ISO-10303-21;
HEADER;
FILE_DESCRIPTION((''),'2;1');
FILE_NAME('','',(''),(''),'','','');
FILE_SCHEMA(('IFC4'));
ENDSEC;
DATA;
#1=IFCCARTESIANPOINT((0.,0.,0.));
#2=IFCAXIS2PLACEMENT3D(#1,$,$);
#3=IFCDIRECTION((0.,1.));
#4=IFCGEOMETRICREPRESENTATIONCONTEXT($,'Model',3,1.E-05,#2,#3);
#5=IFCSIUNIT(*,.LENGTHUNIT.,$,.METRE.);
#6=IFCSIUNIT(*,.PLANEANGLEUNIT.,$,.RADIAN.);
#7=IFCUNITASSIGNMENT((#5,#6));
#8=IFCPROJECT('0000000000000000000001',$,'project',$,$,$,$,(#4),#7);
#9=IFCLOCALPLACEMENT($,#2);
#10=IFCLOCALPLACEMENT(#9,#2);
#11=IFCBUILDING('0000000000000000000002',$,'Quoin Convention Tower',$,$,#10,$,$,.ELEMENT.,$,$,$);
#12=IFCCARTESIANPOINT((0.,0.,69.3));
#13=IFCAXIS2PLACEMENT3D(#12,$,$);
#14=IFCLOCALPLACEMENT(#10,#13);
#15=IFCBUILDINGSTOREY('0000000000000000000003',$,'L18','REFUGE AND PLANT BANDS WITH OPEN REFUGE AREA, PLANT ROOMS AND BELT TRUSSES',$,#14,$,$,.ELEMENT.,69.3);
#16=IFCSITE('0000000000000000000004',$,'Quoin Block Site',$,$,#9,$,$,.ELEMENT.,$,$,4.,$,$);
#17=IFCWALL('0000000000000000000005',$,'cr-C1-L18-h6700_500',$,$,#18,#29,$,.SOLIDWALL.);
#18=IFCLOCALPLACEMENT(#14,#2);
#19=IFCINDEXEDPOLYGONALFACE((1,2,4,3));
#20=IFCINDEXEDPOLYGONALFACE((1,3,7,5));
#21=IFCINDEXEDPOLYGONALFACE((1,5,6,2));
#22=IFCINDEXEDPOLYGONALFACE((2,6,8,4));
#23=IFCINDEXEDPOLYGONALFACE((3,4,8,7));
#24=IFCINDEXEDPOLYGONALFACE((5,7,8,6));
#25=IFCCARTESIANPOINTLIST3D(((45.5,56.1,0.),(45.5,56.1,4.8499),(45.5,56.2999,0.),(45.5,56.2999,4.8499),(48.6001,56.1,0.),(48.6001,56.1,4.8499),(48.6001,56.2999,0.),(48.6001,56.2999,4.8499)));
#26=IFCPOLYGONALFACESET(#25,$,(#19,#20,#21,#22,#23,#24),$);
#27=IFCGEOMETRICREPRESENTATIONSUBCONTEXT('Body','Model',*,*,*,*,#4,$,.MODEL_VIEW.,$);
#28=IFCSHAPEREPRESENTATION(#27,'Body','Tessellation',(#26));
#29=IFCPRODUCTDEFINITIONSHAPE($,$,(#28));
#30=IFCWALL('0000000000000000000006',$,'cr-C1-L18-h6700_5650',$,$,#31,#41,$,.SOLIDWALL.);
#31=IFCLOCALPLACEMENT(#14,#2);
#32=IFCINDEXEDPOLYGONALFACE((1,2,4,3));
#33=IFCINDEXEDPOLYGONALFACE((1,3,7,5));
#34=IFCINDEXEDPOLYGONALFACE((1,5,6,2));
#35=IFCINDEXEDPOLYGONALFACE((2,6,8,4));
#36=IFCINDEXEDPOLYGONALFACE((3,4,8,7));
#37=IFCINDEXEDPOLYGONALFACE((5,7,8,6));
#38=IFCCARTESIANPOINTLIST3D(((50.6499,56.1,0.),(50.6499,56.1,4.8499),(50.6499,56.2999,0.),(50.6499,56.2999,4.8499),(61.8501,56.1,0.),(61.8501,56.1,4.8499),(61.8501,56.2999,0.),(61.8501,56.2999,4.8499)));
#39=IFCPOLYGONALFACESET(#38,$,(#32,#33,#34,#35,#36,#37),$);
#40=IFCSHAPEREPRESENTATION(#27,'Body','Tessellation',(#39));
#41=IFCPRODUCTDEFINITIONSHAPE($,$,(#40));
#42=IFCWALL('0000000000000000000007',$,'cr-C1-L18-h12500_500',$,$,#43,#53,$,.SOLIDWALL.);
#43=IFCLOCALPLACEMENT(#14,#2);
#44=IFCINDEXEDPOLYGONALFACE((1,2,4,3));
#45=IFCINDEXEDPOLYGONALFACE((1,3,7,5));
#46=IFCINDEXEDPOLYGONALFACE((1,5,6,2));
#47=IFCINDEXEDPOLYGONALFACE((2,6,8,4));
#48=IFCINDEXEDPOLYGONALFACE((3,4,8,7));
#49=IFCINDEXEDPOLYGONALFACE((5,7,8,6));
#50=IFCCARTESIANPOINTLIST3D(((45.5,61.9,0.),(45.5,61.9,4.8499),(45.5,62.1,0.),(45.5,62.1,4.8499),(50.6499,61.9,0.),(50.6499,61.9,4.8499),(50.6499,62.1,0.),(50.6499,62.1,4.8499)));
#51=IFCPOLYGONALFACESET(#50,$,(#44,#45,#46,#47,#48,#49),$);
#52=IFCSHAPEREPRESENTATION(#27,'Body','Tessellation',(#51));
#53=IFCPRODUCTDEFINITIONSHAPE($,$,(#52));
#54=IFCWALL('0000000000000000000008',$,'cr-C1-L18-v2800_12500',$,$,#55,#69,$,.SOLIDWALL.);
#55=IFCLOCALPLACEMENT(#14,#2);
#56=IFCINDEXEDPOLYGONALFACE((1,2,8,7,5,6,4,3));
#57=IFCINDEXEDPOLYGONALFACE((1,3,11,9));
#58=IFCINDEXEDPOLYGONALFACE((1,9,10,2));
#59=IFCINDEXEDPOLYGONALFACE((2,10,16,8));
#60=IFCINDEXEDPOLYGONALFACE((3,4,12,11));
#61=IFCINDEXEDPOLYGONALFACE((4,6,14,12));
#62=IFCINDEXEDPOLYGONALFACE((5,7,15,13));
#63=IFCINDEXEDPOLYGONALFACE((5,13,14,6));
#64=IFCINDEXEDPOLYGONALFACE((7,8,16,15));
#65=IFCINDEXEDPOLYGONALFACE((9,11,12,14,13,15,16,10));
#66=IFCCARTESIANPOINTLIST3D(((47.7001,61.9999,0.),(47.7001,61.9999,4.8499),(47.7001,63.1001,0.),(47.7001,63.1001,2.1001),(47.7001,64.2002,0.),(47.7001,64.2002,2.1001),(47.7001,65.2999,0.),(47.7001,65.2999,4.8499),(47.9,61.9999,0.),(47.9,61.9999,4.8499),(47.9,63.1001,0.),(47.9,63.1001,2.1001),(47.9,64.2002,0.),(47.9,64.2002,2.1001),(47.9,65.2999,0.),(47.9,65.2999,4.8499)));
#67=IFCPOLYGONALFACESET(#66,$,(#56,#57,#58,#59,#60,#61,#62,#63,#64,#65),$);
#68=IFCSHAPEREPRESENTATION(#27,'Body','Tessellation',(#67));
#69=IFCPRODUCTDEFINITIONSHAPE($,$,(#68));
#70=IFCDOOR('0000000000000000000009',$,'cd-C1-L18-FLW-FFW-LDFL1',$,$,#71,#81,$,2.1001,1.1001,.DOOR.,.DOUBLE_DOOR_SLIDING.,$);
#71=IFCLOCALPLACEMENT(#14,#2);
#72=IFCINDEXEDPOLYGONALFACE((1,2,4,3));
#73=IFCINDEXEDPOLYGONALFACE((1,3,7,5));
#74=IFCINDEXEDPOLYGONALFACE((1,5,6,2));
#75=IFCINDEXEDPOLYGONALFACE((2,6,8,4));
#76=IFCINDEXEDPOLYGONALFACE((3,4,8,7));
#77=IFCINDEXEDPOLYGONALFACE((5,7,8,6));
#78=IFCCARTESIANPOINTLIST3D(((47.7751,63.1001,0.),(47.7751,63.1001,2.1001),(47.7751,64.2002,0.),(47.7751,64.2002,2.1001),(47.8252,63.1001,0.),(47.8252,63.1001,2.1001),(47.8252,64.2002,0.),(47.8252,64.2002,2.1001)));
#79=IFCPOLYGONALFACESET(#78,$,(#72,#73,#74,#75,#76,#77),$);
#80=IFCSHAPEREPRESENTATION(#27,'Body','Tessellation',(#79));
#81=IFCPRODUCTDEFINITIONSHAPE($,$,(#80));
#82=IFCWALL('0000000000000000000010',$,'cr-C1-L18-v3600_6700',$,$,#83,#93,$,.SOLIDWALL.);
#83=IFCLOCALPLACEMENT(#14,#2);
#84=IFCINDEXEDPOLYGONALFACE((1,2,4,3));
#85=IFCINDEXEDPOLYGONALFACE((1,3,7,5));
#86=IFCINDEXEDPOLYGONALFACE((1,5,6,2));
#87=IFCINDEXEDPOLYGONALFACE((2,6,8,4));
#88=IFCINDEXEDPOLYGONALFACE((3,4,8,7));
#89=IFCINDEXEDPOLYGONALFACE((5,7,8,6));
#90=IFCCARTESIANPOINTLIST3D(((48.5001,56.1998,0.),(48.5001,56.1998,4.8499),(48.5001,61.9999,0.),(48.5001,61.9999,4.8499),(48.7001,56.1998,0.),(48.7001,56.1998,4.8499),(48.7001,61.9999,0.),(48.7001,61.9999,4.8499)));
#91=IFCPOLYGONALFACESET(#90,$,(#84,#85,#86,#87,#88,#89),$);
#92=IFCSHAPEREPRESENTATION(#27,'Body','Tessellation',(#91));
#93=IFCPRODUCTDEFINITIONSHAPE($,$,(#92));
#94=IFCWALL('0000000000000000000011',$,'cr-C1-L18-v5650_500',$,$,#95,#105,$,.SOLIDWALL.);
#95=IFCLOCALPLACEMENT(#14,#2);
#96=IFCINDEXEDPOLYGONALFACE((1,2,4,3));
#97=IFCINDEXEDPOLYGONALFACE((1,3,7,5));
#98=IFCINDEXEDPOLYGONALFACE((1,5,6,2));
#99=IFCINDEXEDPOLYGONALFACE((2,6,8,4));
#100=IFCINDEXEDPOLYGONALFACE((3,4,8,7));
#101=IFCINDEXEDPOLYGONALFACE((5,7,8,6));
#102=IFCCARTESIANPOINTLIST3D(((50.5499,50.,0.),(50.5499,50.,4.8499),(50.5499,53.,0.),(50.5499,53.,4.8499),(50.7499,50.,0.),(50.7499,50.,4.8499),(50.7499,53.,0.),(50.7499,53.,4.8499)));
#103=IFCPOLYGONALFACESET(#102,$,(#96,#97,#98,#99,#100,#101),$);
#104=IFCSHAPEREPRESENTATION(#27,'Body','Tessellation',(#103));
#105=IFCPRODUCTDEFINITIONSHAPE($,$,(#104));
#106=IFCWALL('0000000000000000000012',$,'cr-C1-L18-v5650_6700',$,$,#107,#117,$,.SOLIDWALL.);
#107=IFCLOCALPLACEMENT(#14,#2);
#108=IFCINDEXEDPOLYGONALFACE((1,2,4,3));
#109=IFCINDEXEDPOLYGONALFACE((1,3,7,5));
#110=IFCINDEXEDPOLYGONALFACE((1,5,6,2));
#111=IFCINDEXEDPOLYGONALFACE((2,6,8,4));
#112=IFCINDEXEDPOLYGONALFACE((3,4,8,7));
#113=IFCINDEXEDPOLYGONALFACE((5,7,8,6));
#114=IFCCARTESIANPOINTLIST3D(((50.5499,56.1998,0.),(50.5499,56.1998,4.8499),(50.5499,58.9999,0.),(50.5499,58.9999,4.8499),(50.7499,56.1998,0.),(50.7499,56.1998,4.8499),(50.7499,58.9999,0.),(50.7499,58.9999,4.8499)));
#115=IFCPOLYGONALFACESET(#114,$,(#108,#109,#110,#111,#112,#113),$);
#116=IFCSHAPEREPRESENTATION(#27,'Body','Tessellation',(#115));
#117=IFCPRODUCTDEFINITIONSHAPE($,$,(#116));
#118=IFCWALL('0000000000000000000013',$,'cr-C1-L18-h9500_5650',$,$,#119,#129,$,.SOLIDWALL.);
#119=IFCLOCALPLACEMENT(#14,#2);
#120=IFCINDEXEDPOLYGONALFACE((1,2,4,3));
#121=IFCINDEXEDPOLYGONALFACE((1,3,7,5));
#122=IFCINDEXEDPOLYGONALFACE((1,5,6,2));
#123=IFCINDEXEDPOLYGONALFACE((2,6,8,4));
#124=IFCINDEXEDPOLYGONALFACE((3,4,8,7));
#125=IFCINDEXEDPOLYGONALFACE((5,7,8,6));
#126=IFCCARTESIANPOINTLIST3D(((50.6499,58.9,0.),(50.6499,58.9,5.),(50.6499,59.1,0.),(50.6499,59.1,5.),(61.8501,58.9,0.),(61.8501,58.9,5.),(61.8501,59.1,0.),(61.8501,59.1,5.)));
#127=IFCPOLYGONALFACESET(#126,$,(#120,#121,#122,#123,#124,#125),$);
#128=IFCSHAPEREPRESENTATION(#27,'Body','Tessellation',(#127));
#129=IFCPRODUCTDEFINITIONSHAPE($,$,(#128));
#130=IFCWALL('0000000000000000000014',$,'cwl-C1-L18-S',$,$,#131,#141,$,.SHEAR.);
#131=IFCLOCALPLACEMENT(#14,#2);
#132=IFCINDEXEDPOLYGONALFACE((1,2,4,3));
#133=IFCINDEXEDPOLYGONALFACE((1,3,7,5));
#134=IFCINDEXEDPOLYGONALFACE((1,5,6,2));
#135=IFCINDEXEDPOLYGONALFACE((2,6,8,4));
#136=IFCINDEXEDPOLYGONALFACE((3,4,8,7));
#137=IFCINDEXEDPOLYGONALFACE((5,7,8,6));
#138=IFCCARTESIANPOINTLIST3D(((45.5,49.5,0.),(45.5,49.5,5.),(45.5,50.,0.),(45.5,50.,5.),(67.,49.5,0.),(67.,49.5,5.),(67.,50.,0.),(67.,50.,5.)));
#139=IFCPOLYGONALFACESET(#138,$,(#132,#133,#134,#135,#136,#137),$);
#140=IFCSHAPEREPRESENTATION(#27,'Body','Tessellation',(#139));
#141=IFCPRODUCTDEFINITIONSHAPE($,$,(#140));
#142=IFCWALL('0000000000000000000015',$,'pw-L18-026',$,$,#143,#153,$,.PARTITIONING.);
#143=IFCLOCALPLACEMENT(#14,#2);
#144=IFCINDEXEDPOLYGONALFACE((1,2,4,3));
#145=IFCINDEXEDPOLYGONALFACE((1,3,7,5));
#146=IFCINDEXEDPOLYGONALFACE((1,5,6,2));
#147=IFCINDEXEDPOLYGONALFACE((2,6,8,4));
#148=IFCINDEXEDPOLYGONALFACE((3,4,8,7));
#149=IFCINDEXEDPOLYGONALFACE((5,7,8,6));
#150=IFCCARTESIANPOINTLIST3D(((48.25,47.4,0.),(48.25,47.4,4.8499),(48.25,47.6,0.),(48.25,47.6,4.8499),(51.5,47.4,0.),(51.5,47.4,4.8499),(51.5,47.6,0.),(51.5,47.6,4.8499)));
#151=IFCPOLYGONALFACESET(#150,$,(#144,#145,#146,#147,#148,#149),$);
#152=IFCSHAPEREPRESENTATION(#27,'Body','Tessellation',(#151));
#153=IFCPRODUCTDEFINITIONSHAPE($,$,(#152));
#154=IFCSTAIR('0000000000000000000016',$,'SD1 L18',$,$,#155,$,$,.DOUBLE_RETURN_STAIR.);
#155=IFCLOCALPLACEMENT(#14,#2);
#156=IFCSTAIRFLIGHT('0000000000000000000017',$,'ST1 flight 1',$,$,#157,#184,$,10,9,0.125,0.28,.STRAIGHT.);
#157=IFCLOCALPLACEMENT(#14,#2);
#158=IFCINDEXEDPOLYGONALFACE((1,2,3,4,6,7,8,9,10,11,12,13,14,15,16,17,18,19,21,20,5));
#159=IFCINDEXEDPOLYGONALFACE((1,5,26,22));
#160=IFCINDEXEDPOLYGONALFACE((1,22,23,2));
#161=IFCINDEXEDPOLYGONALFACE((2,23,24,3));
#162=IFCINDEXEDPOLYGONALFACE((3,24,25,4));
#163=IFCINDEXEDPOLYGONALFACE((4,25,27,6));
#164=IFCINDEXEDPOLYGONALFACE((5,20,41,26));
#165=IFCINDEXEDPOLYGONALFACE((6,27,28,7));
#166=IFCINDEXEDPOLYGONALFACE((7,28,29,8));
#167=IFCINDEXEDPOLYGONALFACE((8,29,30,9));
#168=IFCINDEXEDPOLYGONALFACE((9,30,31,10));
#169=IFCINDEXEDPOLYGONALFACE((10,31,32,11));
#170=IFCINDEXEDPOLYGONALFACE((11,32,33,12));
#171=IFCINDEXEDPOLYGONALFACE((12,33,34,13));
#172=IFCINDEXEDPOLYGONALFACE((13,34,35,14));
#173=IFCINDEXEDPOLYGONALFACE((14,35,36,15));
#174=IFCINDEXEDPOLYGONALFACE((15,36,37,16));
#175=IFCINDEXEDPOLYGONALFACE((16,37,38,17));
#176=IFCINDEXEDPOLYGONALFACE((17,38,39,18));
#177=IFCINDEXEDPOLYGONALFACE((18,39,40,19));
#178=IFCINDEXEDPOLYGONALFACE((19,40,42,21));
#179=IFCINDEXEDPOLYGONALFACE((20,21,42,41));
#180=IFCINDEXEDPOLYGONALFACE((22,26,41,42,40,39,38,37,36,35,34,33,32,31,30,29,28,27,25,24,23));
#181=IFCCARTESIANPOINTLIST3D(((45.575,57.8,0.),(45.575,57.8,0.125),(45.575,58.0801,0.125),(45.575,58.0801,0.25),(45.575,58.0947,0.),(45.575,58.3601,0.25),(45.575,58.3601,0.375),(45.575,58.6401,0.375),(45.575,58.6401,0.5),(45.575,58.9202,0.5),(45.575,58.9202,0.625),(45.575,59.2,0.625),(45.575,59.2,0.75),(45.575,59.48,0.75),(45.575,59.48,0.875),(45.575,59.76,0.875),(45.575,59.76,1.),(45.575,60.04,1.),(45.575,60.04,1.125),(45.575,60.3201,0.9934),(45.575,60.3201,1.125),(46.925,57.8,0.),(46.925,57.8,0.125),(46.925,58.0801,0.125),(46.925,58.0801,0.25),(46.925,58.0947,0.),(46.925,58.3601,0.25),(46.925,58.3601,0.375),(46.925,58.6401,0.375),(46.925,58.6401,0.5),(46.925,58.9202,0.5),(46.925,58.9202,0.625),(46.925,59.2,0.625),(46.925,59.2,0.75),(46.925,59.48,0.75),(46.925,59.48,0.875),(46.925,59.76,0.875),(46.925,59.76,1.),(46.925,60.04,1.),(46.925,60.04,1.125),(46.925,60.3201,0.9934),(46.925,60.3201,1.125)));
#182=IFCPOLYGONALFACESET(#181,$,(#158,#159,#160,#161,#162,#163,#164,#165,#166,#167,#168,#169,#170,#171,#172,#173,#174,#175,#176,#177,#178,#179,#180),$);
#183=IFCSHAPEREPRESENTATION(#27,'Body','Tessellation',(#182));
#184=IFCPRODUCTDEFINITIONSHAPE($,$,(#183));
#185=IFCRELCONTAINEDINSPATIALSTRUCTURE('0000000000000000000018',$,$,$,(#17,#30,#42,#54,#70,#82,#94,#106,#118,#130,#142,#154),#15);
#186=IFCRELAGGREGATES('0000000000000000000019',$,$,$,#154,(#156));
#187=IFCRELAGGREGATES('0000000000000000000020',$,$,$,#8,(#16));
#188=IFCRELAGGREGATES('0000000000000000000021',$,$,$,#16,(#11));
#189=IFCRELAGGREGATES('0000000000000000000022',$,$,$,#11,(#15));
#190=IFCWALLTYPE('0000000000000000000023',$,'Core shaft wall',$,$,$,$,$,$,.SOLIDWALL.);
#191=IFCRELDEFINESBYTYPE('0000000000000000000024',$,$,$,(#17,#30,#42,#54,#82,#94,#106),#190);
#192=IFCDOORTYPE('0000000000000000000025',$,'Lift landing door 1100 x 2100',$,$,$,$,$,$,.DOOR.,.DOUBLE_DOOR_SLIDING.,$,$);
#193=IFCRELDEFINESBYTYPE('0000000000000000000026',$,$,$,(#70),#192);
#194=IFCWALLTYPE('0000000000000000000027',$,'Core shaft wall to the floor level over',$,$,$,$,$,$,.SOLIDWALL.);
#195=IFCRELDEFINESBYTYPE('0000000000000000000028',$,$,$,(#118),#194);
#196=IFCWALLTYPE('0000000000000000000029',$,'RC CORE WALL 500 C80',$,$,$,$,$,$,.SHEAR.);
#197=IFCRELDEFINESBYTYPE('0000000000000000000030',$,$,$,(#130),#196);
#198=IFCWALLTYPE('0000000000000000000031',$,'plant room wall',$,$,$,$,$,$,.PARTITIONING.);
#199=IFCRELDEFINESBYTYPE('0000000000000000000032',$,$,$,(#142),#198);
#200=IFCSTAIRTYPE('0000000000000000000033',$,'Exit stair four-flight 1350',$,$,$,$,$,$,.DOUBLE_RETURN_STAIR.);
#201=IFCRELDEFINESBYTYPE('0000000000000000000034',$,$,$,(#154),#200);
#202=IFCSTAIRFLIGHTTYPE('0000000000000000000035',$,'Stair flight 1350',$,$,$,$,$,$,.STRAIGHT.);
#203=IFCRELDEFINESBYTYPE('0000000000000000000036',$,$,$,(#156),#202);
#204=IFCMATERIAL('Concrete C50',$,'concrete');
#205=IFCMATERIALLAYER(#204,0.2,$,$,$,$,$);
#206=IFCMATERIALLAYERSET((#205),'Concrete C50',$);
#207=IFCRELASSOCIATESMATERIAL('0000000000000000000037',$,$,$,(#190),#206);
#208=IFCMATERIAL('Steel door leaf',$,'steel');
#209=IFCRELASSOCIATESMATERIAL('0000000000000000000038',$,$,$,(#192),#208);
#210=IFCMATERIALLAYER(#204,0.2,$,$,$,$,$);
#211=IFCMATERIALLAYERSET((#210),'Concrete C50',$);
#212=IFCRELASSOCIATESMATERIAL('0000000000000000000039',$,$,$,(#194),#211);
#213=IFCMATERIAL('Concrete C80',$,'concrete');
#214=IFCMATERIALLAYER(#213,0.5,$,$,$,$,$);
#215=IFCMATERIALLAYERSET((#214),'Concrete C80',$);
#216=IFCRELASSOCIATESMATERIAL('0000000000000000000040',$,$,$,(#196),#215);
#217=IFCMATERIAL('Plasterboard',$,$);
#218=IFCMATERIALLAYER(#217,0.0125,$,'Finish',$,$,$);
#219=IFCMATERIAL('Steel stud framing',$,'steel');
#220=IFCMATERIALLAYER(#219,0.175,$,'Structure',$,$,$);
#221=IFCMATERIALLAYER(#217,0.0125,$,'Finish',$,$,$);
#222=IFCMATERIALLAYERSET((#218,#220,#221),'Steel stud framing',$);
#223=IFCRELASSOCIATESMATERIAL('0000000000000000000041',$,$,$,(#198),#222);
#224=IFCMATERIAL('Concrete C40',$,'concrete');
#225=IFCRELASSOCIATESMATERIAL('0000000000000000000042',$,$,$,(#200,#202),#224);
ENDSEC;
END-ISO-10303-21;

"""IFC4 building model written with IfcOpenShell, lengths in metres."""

from ifc_helpers import new_model, si_unit, direction, frame, frame_2d, origin, place, context, subcontext, project, spatial, polyline, rectangle, outline, extrude, material, layer, layer_set, type_object, element, fill, aggregate, save


model = new_model("IFC4")

# Units and contexts
model_context = context("Model", 3, precision=1e-05, world=origin(), true_north=direction((0.0, 1.0)))
body_context = subcontext(model_context, "Body", "Model", "MODEL_VIEW")
ifc_project = project(units=[si_unit("LENGTHUNIT", "METRE"), si_unit("PLANEANGLEUNIT", "RADIAN")], contexts=[model_context])

# Site, building, storey
site_placement = place(None, origin())
site = spatial("IfcSite", under=ifc_project, at=site_placement, Name="Quoin Block Site", CompositionType="ELEMENT", RefElevation=4.0)
building_placement = place(site_placement, origin())
building = spatial("IfcBuilding", under=site, at=building_placement, Name="Quoin Convention Tower", CompositionType="ELEMENT")
storey_placement = place(building_placement, frame((0.0, 0.0, 69.3)))
storey = spatial("IfcBuildingStorey", under=building, at=storey_placement, Name="L18", Description="REFUGE AND PLANT BANDS WITH OPEN REFUGE AREA, PLANT ROOMS AND BELT TRUSSES", CompositionType="ELEMENT", Elevation=69.3)

# Shared definitions
ifc_material_1 = material(Name="Plasterboard")
ifc_material_2 = material(Name="Steel stud framing", Category="steel")
ifc_material_3 = material(Name="Steel door leaf", Category="steel")

# Shared definitions
ifc_material_4 = material(Name="Concrete C50", Category="concrete")
ifc_layer_1 = layer(ifc_material_4, 0.2)
ifc_layer_set_1 = layer_set([ifc_layer_1], Name="Concrete C50")
wall_type_1 = type_object("IfcWallType", Name="Core shaft wall", PredefinedType="SOLIDWALL", material=ifc_layer_set_1)

# Walls
wall_1_placement = place(storey_placement, frame((45.5, 56.2, 0.0), z_axis=(0.0, 0.0, 1.0), x_axis=(1.0, 0.0, 0.0)))
element("IfcWall", 1, at=wall_1_placement, inside=storey, type_object=wall_type_1, Name="cr-C1-L18-h6700_500", PredefinedType="SOLIDWALL", context=body_context, shape_type="SweptSolid", body=[
    extrude(rectangle(XDim=3.1001, YDim=0.2, at=frame_2d((1.55, 0.0))), origin(), (0.0, 0.0, 1.0), 4.8499),
])
wall_2_placement = place(storey_placement, frame((50.6499, 56.2, 0.0), z_axis=(0.0, 0.0, 1.0), x_axis=(1.0, 0.0, 0.0)))
element("IfcWall", 2, at=wall_2_placement, inside=storey, type_object=wall_type_1, Name="cr-C1-L18-h6700_5650", PredefinedType="SOLIDWALL", context=body_context, shape_type="SweptSolid", body=[
    extrude(rectangle(XDim=11.2002, YDim=0.2, at=frame_2d((5.6001, 0.0))), origin(), (0.0, 0.0, 1.0), 4.8499),
])
wall_3_placement = place(storey_placement, frame((45.5, 62.0, 0.0), z_axis=(0.0, 0.0, 1.0), x_axis=(1.0, 0.0, 0.0)))
element("IfcWall", 3, at=wall_3_placement, inside=storey, type_object=wall_type_1, Name="cr-C1-L18-h12500_500", PredefinedType="SOLIDWALL", context=body_context, shape_type="SweptSolid", body=[
    extrude(rectangle(XDim=5.1499, YDim=0.2, at=frame_2d((2.575, 0.0))), origin(), (0.0, 0.0, 1.0), 4.8499),
])

# Wall, opening, door
wall_4_placement = place(storey_placement, frame((47.8, 62.0, 0.0), z_axis=(0.0, 0.0, 1.0), x_axis=(0.0, 1.0, 0.0)))
wall_4 = element("IfcWall", 4, at=wall_4_placement, inside=storey, type_object=wall_type_1, Name="cr-C1-L18-v2800_12500", PredefinedType="SOLIDWALL", context=body_context, shape_type="SweptSolid", body=[
    extrude(rectangle(XDim=3.3, YDim=0.2, at=frame_2d((1.6499, 0.0))), origin(), (0.0, 0.0, 1.0), 4.8499),
])
opening_1_placement = place(wall_4_placement, frame((1.1001, 0.0, 0.0)))
opening_1 = element("IfcOpeningElement", 5, at=opening_1_placement, cuts=wall_4, PredefinedType="OPENING", context=body_context, shape_type="SweptSolid", body=[
    extrude(rectangle(XDim=1.1001, YDim=2.1001, at=frame_2d((0.55, 1.05))), frame((0.0, 0.1099, 0.0), z_axis=(0.0, -1.0, 0.0), x_axis=(1.0, 0.0, 0.0)), (0.0, 0.0, 1.0), 0.22),
])
door_type_1 = type_object("IfcDoorType", Name="Lift landing door 1100 x 2100", OperationType="DOUBLE_DOOR_SLIDING", PredefinedType="DOOR", material=ifc_material_3)
door_1_placement = place(opening_1_placement, origin())
door_1 = element("IfcDoor", 6, at=door_1_placement, inside=storey, type_object=door_type_1, Name="cd-C1-L18-FLW-FFW-LDFL1", OperationType="DOUBLE_DOOR_SLIDING", OverallHeight=2.1001, OverallWidth=1.1001, PredefinedType="DOOR", context=body_context, shape_type="SweptSolid", body=[
    extrude(rectangle(XDim=1.1001, YDim=2.1001, at=frame_2d((0.55, 1.05))), frame((0.0, 0.0249, 0.0), z_axis=(0.0, -1.0, 0.0), x_axis=(1.0, 0.0, 0.0)), (0.0, 0.0, 1.0), 0.05),
])
fill(opening_1, door_1)

# Walls
wall_5_placement = place(storey_placement, frame((48.6001, 56.2, 0.0), z_axis=(0.0, 0.0, 1.0), x_axis=(0.0, 1.0, 0.0)))
element("IfcWall", 7, at=wall_5_placement, inside=storey, type_object=wall_type_1, Name="cr-C1-L18-v3600_6700", PredefinedType="SOLIDWALL", context=body_context, shape_type="SweptSolid", body=[
    extrude(rectangle(XDim=5.8, YDim=0.2, at=frame_2d((2.8999, 0.0))), origin(), (0.0, 0.0, 1.0), 4.8499),
])
wall_6_placement = place(storey_placement, frame((50.6499, 50.0, 0.0), z_axis=(0.0, 0.0, 1.0), x_axis=(0.0, 1.0, 0.0)))
element("IfcWall", 8, at=wall_6_placement, inside=storey, type_object=wall_type_1, Name="cr-C1-L18-v5650_500", PredefinedType="SOLIDWALL", context=body_context, shape_type="SweptSolid", body=[
    extrude(rectangle(XDim=3.0, YDim=0.2, at=frame_2d((1.5, 0.0))), origin(), (0.0, 0.0, 1.0), 4.8499),
])
wall_7_placement = place(storey_placement, frame((50.6499, 56.2, 0.0), z_axis=(0.0, 0.0, 1.0), x_axis=(0.0, 1.0, 0.0)))
element("IfcWall", 9, at=wall_7_placement, inside=storey, type_object=wall_type_1, Name="cr-C1-L18-v5650_6700", PredefinedType="SOLIDWALL", context=body_context, shape_type="SweptSolid", body=[
    extrude(rectangle(XDim=2.8, YDim=0.2, at=frame_2d((1.3999, 0.0))), origin(), (0.0, 0.0, 1.0), 4.8499),
])
ifc_layer_2 = layer(ifc_material_4, 0.2)
ifc_layer_set_2 = layer_set([ifc_layer_2], Name="Concrete C50")
wall_type_2 = type_object("IfcWallType", Name="Core shaft wall to the floor level over", PredefinedType="SOLIDWALL", material=ifc_layer_set_2)
wall_8_placement = place(storey_placement, frame((50.6499, 59.0, 0.0), z_axis=(0.0, 0.0, 1.0), x_axis=(1.0, 0.0, 0.0)))
element("IfcWall", 10, at=wall_8_placement, inside=storey, type_object=wall_type_2, Name="cr-C1-L18-h9500_5650", PredefinedType="SOLIDWALL", context=body_context, shape_type="SweptSolid", body=[
    extrude(rectangle(XDim=11.2002, YDim=0.2, at=frame_2d((5.6001, 0.0))), origin(), (0.0, 0.0, 1.0), 5.0),
])
ifc_material_5 = material(Name="Concrete C80", Category="concrete")
ifc_layer_3 = layer(ifc_material_5, 0.5)
ifc_layer_set_3 = layer_set([ifc_layer_3], Name="Concrete C80")
wall_type_3 = type_object("IfcWallType", Name="RC CORE WALL 500 C80", PredefinedType="SHEAR", material=ifc_layer_set_3)
wall_9_placement = place(storey_placement, frame((45.5, 49.75, 0.0), z_axis=(0.0, 0.0, 1.0), x_axis=(1.0, 0.0, 0.0)))
element("IfcWall", 11, at=wall_9_placement, inside=storey, type_object=wall_type_3, Name="cwl-C1-L18-S", PredefinedType="SHEAR", context=body_context, shape_type="SweptSolid", body=[
    extrude(rectangle(XDim=21.5, YDim=0.5, at=frame_2d((10.75, 0.0))), origin(), (0.0, 0.0, 1.0), 5.0),
])
ifc_layer_4 = layer(ifc_material_1, 0.0125, Name="Finish")
ifc_layer_5 = layer(ifc_material_2, 0.175, Name="Structure")
ifc_layer_6 = layer(ifc_material_1, 0.0125, Name="Finish")
ifc_layer_set_4 = layer_set([ifc_layer_4, ifc_layer_5, ifc_layer_6], Name="Steel stud framing")
wall_type_4 = type_object("IfcWallType", Name="plant room wall", PredefinedType="PARTITIONING", material=ifc_layer_set_4)
wall_10_placement = place(storey_placement, frame((48.25, 47.5, 0.0), z_axis=(0.0, 0.0, 1.0), x_axis=(1.0, 0.0, 0.0)))
element("IfcWall", 12, at=wall_10_placement, inside=storey, type_object=wall_type_4, Name="pw-L18-026", PredefinedType="PARTITIONING", context=body_context, shape_type="SweptSolid", body=[
    extrude(rectangle(XDim=3.25, YDim=0.2, at=frame_2d((1.625, 0.0))), origin(), (0.0, 0.0, 1.0), 4.8499),
])

# Stair, stair flight
ifc_material_6 = material(Name="Concrete C40", Category="concrete")
stair_type = type_object("IfcStairType", Name="Exit stair four-flight 1350", PredefinedType="DOUBLE_RETURN_STAIR", material=ifc_material_6)
stair_placement = place(storey_placement, origin())
stair = element("IfcStair", 13, at=stair_placement, inside=storey, type_object=stair_type, Name="SD1 L18", PredefinedType="DOUBLE_RETURN_STAIR")
stair_flight_type = type_object("IfcStairFlightType", Name="Stair flight 1350", PredefinedType="STRAIGHT", material=ifc_material_6)
stair_flight_1_placement = place(storey_placement, frame((46.25, 57.8, 0.0), z_axis=(0.0, 0.0, 1.0), x_axis=(0.0, 1.0, 0.0)))
stair_flight_1 = element("IfcStairFlight", 14, at=stair_flight_1_placement, type_object=stair_flight_type, Name="ST1 flight 1", NumberOfRisers=10, NumberOfTreads=9, PredefinedType="STRAIGHT", RiserHeight=0.125, TreadLength=0.28, context=body_context, shape_type="SweptSolid", body=[
    extrude(outline(polyline([(0.0, 0.0), (0.0, 0.125), (0.28, 0.125), (0.28, 0.25), (0.5601, 0.25), (0.5601, 0.375), (0.8401, 0.375), (0.8401, 0.5), (1.1201, 0.5), (1.1201, 0.625), (1.3999, 0.625), (1.3999, 0.75), (1.6799, 0.75), (1.6799, 0.875), (1.96, 0.875), (1.96, 1.0), (2.24, 1.0), (2.24, 1.125), (2.52, 1.125), (2.52, 1.25), (2.52, 0.9934), (0.2947, 0.0), (0.0, 0.0)])), frame((0.0, 0.675, 0.0), z_axis=(0.0, -1.0, 0.0), x_axis=(1.0, 0.0, 0.0)), (0.0, 0.0, 1.0), 1.3501),
])
aggregate(stair, [stair_flight_1])

save(model, "model.ifc")
